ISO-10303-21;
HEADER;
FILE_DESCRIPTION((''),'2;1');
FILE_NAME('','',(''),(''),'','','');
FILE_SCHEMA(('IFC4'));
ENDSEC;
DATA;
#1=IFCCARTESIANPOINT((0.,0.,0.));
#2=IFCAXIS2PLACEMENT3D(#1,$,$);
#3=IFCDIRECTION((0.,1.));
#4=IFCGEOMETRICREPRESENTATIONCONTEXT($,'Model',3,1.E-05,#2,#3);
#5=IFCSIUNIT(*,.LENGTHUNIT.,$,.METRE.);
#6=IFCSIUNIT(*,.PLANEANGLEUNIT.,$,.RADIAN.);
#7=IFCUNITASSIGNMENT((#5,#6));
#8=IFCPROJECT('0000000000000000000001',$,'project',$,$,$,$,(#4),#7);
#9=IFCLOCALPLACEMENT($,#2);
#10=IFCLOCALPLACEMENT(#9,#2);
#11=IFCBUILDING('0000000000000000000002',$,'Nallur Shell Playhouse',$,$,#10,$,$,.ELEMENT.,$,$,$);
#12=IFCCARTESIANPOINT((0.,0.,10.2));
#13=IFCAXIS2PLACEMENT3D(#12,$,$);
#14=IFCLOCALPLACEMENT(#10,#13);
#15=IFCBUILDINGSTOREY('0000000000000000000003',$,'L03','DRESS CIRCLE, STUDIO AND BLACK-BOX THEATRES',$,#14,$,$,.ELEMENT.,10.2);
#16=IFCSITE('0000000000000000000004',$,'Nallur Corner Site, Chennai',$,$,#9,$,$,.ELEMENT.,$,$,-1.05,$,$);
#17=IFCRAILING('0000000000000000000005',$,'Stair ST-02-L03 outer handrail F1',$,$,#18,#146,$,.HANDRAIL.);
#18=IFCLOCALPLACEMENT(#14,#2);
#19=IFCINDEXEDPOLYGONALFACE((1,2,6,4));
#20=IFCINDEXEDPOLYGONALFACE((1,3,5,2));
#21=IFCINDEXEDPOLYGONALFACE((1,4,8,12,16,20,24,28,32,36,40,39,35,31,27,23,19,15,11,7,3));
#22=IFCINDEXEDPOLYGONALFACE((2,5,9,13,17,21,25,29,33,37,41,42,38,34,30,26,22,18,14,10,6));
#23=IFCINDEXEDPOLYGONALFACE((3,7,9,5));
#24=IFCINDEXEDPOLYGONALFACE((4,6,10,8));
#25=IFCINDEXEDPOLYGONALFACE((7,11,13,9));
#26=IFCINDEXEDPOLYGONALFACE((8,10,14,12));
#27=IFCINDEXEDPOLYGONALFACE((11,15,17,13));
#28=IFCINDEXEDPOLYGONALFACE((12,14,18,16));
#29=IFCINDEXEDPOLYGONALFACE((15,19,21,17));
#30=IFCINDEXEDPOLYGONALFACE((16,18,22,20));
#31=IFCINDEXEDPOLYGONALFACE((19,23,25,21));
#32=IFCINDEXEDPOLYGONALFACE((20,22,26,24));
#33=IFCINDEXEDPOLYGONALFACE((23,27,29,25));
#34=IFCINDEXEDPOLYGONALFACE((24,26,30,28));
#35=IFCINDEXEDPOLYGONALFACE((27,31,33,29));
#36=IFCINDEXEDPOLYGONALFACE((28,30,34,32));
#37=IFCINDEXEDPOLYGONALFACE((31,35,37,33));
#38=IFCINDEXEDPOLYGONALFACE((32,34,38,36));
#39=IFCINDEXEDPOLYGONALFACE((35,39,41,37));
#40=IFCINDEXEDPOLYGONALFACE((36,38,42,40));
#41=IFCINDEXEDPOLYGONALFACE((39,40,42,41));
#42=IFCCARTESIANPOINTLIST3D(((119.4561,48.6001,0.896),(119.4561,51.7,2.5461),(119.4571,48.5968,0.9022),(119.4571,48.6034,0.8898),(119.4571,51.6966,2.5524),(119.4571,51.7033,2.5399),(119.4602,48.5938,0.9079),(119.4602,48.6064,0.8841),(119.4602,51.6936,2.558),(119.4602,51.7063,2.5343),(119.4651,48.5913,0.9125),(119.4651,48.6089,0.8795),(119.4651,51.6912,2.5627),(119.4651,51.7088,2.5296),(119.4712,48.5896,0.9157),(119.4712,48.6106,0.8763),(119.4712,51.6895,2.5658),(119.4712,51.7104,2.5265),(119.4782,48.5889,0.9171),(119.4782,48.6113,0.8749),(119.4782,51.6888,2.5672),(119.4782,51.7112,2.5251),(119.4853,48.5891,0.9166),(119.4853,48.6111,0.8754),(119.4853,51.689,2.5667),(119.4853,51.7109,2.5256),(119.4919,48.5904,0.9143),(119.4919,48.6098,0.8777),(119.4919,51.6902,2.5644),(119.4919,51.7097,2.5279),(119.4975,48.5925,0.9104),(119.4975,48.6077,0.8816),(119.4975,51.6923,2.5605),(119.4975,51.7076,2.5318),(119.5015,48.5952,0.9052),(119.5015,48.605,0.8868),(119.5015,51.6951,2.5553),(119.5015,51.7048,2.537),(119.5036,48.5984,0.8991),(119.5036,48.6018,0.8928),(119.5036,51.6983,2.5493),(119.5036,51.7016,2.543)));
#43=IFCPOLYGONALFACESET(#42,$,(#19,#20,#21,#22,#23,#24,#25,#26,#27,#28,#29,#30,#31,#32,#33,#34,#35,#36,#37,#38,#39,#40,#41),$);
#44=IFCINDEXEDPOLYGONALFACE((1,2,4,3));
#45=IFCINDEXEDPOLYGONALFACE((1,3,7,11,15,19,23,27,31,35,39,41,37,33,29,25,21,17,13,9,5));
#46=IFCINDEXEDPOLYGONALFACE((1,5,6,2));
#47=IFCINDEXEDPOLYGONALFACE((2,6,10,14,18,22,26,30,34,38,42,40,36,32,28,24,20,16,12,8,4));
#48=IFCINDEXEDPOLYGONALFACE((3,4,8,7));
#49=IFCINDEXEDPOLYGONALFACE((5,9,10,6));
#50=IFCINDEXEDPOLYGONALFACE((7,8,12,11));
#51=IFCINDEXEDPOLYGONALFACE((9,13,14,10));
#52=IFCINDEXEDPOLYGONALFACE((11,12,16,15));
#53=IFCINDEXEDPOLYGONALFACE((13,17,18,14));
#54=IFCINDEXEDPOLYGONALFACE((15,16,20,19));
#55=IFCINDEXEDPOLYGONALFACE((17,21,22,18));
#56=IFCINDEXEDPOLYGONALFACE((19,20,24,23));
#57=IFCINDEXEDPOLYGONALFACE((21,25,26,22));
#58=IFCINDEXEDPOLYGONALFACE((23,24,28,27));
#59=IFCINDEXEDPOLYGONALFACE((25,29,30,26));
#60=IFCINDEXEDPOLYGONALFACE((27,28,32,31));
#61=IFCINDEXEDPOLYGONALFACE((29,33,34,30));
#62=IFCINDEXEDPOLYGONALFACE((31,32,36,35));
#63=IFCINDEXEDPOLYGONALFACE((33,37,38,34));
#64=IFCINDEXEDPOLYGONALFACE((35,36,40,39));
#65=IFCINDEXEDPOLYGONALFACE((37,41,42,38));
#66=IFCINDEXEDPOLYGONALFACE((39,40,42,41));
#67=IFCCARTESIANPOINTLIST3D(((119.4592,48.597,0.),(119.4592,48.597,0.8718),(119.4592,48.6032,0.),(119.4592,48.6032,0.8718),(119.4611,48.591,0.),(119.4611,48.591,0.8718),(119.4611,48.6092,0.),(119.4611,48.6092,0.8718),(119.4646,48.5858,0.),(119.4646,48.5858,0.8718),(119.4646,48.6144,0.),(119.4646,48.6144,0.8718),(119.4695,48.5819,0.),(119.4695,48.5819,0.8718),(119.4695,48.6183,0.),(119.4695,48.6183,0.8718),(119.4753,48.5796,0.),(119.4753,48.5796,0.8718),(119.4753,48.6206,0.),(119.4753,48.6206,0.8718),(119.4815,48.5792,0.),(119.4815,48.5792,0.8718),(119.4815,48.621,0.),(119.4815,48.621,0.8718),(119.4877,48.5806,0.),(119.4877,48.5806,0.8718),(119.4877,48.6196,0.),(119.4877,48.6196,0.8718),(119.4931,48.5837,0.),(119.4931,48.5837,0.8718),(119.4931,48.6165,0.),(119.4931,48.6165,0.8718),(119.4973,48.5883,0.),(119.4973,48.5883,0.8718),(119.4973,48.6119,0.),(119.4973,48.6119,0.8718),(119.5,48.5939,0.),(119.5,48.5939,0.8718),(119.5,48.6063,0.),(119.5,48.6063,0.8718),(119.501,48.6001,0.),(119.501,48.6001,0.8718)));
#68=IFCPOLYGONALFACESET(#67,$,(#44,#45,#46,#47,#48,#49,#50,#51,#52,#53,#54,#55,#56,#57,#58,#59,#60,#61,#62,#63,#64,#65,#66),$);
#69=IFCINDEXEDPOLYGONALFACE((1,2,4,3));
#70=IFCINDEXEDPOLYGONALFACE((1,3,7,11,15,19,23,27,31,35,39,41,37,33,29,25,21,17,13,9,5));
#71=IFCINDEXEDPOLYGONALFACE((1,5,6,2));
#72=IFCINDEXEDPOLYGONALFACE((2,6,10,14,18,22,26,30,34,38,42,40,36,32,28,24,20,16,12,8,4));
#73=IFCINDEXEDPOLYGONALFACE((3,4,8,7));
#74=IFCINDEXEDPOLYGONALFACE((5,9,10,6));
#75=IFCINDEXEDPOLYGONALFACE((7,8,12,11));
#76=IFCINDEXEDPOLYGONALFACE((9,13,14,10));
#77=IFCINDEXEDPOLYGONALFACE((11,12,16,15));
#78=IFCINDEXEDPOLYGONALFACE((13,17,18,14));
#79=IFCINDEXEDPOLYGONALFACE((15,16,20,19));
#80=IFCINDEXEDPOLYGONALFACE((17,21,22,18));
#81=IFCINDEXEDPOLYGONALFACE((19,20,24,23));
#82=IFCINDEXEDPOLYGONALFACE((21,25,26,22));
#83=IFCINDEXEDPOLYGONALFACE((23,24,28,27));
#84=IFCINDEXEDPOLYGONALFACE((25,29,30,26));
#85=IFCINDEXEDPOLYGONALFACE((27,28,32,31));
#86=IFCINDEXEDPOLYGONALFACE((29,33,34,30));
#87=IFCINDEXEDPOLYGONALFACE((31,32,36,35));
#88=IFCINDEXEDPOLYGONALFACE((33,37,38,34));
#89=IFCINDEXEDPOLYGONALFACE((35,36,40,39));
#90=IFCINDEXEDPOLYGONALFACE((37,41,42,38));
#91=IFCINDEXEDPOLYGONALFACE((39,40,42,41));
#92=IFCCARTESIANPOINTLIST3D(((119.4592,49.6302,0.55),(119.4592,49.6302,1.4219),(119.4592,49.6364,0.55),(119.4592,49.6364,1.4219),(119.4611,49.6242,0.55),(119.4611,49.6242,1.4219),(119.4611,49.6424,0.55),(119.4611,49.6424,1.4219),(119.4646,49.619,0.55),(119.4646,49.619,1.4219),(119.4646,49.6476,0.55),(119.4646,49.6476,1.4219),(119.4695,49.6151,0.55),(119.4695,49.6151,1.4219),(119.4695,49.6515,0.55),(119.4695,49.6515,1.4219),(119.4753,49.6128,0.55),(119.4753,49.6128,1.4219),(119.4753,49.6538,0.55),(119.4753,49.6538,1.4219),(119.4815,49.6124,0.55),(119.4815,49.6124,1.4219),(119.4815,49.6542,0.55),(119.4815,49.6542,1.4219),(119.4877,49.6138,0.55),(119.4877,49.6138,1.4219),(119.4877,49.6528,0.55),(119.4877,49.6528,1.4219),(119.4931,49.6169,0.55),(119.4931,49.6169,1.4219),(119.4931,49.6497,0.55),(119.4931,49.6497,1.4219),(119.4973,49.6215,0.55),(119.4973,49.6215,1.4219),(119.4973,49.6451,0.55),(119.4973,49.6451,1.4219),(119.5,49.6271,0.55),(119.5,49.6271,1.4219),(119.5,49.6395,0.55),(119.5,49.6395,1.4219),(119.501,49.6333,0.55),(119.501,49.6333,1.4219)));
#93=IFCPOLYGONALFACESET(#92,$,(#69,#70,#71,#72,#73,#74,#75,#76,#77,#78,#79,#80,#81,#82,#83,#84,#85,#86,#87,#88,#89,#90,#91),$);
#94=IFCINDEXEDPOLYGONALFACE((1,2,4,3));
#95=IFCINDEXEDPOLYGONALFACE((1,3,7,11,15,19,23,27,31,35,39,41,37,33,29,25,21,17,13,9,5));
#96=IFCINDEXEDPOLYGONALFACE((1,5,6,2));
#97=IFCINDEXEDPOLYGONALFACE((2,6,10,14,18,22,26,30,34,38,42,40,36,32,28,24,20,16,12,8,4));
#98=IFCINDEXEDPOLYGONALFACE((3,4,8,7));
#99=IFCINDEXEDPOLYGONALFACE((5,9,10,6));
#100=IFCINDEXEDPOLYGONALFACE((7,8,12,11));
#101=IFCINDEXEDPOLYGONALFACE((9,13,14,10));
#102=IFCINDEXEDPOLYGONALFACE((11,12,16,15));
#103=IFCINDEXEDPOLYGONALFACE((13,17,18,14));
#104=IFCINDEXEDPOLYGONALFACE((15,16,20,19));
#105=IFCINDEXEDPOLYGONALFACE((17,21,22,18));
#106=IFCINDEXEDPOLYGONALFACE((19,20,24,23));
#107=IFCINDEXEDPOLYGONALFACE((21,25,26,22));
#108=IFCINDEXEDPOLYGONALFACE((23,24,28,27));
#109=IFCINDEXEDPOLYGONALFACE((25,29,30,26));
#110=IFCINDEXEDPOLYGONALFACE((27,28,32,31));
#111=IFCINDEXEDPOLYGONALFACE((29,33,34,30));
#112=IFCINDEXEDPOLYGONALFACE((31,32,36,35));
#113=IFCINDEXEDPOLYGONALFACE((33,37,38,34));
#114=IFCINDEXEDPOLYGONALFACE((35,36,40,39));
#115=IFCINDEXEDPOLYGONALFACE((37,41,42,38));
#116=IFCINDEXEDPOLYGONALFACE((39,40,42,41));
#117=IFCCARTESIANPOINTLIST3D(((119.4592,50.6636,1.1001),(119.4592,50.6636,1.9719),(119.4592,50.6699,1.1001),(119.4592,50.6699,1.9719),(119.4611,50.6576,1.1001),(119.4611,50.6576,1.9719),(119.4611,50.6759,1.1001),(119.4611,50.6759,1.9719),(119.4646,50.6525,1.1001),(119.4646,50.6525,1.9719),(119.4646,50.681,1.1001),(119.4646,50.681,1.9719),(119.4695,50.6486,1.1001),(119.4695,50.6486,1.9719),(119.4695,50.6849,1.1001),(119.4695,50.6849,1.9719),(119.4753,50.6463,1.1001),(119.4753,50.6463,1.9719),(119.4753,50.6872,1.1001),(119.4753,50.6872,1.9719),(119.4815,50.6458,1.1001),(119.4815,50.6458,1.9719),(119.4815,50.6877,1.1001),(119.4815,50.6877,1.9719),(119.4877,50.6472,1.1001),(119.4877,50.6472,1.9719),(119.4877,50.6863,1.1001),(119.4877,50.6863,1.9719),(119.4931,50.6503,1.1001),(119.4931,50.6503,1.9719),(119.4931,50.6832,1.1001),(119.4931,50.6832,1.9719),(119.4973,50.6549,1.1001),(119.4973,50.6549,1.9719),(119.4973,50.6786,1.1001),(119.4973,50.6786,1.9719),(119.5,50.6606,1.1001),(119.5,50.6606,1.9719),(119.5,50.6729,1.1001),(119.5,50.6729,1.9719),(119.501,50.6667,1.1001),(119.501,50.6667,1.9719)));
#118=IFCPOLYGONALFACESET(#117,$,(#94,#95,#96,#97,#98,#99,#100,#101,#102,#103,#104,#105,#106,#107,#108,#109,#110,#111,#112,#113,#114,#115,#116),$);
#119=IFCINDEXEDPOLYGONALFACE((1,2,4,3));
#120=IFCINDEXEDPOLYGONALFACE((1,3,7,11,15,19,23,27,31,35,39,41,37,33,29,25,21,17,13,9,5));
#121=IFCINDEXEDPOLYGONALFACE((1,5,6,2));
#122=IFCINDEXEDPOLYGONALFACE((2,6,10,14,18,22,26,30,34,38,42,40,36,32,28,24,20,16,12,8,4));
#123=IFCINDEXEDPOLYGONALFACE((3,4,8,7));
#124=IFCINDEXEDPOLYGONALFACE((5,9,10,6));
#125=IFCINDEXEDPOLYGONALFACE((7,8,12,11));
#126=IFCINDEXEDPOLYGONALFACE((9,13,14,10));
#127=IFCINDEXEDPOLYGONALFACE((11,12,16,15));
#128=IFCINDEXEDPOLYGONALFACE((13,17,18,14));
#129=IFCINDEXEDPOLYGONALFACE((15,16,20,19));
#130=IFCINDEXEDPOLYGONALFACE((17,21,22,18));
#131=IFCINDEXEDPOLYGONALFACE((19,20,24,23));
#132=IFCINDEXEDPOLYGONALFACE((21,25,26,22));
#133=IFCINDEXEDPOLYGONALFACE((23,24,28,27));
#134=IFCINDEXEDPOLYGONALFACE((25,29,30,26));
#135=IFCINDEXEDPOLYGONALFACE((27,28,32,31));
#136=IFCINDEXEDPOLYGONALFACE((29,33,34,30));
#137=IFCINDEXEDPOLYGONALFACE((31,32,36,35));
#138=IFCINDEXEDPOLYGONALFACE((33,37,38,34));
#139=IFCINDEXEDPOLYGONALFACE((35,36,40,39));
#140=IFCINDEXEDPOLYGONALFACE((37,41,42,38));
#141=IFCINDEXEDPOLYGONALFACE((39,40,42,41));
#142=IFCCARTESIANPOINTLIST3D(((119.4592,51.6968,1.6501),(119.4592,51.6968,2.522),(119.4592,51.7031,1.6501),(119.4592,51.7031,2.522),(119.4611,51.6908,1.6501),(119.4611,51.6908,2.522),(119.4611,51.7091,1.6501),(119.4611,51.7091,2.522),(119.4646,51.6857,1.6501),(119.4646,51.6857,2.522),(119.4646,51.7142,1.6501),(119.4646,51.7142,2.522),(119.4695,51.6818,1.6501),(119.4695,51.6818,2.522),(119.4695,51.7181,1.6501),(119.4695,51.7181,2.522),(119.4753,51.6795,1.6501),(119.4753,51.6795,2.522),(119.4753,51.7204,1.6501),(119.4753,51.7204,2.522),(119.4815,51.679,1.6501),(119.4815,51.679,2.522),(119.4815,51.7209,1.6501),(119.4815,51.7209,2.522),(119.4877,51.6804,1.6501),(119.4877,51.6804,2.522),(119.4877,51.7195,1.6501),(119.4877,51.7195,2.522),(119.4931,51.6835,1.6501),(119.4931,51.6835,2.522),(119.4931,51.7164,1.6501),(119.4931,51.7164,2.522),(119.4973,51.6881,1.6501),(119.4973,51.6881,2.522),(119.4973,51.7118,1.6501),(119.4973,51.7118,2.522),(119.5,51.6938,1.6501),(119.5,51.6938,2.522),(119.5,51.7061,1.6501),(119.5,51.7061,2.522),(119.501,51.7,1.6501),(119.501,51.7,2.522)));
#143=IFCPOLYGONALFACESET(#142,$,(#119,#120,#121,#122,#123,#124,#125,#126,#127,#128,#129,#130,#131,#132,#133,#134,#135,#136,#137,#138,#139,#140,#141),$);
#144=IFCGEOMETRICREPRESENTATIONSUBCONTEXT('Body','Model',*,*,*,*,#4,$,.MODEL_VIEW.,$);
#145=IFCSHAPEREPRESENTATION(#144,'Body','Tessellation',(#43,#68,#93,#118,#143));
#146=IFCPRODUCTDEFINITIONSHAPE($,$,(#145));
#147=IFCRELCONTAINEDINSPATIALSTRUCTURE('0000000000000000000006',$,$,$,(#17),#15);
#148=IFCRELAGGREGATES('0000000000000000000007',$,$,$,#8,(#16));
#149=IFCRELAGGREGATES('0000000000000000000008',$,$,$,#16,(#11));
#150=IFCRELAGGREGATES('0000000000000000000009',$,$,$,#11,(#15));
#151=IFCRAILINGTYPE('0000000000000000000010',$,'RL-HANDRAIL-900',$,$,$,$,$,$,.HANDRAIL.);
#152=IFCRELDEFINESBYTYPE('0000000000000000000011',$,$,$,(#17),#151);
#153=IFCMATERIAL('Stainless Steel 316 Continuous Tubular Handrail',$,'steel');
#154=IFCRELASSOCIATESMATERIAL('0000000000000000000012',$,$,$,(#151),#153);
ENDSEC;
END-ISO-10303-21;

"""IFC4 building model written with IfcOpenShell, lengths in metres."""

from ifc_helpers import new_model, si_unit, direction, frame, origin, origin_2d, place, context, subcontext, project, spatial, circle, extrude, material, type_object, element, save


model = new_model("IFC4")

# Units and contexts
model_context = context("Model", 3, precision=1e-05, world=origin(), true_north=direction((0.0, 1.0)))
body_context = subcontext(model_context, "Body", "Model", "MODEL_VIEW")
ifc_project = project(units=[si_unit("LENGTHUNIT", "METRE"), si_unit("PLANEANGLEUNIT", "RADIAN")], contexts=[model_context])

# Site, building, storey
site_placement = place(None, origin())
site = spatial("IfcSite", under=ifc_project, at=site_placement, Name="Nallur Corner Site, Chennai", CompositionType="ELEMENT", RefElevation=-1.05)
building_placement = place(site_placement, origin())
building = spatial("IfcBuilding", under=site, at=building_placement, Name="Nallur Shell Playhouse", CompositionType="ELEMENT")
storey_placement = place(building_placement, frame((0.0, 0.0, 10.2)))
storey = spatial("IfcBuildingStorey", under=building, at=storey_placement, Name="L03", Description="DRESS CIRCLE, STUDIO AND BLACK-BOX THEATRES", CompositionType="ELEMENT", Elevation=10.2)

# Railing
ifc_material_1 = material(Name="Stainless Steel 316 Continuous Tubular Handrail", Category="steel")
railing_type_1 = type_object("IfcRailingType", Name="RL-HANDRAIL-900", PredefinedType="HANDRAIL", material=ifc_material_1)
railing_1_placement = place(storey_placement, frame((119.48, 48.6001, 0.0)))
element("IfcRailing", 1, at=railing_1_placement, inside=storey, type_object=railing_type_1, Name="Stair ST-02-L03 outer handrail F1", PredefinedType="HANDRAIL", context=body_context, shape_type="SweptSolid", body=[
    extrude(circle(Radius=0.0239, at=origin_2d()), frame((0.0, 0.0, 0.896), z_axis=(0.0, 0.88272, 0.469899), x_axis=(-1.0, 0.0, 0.0)), (0.0, 0.0, 1.0), 3.5117),
    extrude(circle(Radius=0.021, at=origin_2d()), origin(), (0.0, 0.0, 1.0), 0.8718),
    extrude(circle(Radius=0.021, at=origin_2d()), frame((0.0, 1.0332, 0.55)), (0.0, 0.0, 1.0), 0.8718),
    extrude(circle(Radius=0.021, at=origin_2d()), frame((0.0, 2.0667, 1.1001)), (0.0, 0.0, 1.0), 0.8718),
    extrude(circle(Radius=0.021, at=origin_2d()), frame((0.0, 3.0999, 1.6501)), (0.0, 0.0, 1.0), 0.8718),
])

save(model, "model.ifc")
